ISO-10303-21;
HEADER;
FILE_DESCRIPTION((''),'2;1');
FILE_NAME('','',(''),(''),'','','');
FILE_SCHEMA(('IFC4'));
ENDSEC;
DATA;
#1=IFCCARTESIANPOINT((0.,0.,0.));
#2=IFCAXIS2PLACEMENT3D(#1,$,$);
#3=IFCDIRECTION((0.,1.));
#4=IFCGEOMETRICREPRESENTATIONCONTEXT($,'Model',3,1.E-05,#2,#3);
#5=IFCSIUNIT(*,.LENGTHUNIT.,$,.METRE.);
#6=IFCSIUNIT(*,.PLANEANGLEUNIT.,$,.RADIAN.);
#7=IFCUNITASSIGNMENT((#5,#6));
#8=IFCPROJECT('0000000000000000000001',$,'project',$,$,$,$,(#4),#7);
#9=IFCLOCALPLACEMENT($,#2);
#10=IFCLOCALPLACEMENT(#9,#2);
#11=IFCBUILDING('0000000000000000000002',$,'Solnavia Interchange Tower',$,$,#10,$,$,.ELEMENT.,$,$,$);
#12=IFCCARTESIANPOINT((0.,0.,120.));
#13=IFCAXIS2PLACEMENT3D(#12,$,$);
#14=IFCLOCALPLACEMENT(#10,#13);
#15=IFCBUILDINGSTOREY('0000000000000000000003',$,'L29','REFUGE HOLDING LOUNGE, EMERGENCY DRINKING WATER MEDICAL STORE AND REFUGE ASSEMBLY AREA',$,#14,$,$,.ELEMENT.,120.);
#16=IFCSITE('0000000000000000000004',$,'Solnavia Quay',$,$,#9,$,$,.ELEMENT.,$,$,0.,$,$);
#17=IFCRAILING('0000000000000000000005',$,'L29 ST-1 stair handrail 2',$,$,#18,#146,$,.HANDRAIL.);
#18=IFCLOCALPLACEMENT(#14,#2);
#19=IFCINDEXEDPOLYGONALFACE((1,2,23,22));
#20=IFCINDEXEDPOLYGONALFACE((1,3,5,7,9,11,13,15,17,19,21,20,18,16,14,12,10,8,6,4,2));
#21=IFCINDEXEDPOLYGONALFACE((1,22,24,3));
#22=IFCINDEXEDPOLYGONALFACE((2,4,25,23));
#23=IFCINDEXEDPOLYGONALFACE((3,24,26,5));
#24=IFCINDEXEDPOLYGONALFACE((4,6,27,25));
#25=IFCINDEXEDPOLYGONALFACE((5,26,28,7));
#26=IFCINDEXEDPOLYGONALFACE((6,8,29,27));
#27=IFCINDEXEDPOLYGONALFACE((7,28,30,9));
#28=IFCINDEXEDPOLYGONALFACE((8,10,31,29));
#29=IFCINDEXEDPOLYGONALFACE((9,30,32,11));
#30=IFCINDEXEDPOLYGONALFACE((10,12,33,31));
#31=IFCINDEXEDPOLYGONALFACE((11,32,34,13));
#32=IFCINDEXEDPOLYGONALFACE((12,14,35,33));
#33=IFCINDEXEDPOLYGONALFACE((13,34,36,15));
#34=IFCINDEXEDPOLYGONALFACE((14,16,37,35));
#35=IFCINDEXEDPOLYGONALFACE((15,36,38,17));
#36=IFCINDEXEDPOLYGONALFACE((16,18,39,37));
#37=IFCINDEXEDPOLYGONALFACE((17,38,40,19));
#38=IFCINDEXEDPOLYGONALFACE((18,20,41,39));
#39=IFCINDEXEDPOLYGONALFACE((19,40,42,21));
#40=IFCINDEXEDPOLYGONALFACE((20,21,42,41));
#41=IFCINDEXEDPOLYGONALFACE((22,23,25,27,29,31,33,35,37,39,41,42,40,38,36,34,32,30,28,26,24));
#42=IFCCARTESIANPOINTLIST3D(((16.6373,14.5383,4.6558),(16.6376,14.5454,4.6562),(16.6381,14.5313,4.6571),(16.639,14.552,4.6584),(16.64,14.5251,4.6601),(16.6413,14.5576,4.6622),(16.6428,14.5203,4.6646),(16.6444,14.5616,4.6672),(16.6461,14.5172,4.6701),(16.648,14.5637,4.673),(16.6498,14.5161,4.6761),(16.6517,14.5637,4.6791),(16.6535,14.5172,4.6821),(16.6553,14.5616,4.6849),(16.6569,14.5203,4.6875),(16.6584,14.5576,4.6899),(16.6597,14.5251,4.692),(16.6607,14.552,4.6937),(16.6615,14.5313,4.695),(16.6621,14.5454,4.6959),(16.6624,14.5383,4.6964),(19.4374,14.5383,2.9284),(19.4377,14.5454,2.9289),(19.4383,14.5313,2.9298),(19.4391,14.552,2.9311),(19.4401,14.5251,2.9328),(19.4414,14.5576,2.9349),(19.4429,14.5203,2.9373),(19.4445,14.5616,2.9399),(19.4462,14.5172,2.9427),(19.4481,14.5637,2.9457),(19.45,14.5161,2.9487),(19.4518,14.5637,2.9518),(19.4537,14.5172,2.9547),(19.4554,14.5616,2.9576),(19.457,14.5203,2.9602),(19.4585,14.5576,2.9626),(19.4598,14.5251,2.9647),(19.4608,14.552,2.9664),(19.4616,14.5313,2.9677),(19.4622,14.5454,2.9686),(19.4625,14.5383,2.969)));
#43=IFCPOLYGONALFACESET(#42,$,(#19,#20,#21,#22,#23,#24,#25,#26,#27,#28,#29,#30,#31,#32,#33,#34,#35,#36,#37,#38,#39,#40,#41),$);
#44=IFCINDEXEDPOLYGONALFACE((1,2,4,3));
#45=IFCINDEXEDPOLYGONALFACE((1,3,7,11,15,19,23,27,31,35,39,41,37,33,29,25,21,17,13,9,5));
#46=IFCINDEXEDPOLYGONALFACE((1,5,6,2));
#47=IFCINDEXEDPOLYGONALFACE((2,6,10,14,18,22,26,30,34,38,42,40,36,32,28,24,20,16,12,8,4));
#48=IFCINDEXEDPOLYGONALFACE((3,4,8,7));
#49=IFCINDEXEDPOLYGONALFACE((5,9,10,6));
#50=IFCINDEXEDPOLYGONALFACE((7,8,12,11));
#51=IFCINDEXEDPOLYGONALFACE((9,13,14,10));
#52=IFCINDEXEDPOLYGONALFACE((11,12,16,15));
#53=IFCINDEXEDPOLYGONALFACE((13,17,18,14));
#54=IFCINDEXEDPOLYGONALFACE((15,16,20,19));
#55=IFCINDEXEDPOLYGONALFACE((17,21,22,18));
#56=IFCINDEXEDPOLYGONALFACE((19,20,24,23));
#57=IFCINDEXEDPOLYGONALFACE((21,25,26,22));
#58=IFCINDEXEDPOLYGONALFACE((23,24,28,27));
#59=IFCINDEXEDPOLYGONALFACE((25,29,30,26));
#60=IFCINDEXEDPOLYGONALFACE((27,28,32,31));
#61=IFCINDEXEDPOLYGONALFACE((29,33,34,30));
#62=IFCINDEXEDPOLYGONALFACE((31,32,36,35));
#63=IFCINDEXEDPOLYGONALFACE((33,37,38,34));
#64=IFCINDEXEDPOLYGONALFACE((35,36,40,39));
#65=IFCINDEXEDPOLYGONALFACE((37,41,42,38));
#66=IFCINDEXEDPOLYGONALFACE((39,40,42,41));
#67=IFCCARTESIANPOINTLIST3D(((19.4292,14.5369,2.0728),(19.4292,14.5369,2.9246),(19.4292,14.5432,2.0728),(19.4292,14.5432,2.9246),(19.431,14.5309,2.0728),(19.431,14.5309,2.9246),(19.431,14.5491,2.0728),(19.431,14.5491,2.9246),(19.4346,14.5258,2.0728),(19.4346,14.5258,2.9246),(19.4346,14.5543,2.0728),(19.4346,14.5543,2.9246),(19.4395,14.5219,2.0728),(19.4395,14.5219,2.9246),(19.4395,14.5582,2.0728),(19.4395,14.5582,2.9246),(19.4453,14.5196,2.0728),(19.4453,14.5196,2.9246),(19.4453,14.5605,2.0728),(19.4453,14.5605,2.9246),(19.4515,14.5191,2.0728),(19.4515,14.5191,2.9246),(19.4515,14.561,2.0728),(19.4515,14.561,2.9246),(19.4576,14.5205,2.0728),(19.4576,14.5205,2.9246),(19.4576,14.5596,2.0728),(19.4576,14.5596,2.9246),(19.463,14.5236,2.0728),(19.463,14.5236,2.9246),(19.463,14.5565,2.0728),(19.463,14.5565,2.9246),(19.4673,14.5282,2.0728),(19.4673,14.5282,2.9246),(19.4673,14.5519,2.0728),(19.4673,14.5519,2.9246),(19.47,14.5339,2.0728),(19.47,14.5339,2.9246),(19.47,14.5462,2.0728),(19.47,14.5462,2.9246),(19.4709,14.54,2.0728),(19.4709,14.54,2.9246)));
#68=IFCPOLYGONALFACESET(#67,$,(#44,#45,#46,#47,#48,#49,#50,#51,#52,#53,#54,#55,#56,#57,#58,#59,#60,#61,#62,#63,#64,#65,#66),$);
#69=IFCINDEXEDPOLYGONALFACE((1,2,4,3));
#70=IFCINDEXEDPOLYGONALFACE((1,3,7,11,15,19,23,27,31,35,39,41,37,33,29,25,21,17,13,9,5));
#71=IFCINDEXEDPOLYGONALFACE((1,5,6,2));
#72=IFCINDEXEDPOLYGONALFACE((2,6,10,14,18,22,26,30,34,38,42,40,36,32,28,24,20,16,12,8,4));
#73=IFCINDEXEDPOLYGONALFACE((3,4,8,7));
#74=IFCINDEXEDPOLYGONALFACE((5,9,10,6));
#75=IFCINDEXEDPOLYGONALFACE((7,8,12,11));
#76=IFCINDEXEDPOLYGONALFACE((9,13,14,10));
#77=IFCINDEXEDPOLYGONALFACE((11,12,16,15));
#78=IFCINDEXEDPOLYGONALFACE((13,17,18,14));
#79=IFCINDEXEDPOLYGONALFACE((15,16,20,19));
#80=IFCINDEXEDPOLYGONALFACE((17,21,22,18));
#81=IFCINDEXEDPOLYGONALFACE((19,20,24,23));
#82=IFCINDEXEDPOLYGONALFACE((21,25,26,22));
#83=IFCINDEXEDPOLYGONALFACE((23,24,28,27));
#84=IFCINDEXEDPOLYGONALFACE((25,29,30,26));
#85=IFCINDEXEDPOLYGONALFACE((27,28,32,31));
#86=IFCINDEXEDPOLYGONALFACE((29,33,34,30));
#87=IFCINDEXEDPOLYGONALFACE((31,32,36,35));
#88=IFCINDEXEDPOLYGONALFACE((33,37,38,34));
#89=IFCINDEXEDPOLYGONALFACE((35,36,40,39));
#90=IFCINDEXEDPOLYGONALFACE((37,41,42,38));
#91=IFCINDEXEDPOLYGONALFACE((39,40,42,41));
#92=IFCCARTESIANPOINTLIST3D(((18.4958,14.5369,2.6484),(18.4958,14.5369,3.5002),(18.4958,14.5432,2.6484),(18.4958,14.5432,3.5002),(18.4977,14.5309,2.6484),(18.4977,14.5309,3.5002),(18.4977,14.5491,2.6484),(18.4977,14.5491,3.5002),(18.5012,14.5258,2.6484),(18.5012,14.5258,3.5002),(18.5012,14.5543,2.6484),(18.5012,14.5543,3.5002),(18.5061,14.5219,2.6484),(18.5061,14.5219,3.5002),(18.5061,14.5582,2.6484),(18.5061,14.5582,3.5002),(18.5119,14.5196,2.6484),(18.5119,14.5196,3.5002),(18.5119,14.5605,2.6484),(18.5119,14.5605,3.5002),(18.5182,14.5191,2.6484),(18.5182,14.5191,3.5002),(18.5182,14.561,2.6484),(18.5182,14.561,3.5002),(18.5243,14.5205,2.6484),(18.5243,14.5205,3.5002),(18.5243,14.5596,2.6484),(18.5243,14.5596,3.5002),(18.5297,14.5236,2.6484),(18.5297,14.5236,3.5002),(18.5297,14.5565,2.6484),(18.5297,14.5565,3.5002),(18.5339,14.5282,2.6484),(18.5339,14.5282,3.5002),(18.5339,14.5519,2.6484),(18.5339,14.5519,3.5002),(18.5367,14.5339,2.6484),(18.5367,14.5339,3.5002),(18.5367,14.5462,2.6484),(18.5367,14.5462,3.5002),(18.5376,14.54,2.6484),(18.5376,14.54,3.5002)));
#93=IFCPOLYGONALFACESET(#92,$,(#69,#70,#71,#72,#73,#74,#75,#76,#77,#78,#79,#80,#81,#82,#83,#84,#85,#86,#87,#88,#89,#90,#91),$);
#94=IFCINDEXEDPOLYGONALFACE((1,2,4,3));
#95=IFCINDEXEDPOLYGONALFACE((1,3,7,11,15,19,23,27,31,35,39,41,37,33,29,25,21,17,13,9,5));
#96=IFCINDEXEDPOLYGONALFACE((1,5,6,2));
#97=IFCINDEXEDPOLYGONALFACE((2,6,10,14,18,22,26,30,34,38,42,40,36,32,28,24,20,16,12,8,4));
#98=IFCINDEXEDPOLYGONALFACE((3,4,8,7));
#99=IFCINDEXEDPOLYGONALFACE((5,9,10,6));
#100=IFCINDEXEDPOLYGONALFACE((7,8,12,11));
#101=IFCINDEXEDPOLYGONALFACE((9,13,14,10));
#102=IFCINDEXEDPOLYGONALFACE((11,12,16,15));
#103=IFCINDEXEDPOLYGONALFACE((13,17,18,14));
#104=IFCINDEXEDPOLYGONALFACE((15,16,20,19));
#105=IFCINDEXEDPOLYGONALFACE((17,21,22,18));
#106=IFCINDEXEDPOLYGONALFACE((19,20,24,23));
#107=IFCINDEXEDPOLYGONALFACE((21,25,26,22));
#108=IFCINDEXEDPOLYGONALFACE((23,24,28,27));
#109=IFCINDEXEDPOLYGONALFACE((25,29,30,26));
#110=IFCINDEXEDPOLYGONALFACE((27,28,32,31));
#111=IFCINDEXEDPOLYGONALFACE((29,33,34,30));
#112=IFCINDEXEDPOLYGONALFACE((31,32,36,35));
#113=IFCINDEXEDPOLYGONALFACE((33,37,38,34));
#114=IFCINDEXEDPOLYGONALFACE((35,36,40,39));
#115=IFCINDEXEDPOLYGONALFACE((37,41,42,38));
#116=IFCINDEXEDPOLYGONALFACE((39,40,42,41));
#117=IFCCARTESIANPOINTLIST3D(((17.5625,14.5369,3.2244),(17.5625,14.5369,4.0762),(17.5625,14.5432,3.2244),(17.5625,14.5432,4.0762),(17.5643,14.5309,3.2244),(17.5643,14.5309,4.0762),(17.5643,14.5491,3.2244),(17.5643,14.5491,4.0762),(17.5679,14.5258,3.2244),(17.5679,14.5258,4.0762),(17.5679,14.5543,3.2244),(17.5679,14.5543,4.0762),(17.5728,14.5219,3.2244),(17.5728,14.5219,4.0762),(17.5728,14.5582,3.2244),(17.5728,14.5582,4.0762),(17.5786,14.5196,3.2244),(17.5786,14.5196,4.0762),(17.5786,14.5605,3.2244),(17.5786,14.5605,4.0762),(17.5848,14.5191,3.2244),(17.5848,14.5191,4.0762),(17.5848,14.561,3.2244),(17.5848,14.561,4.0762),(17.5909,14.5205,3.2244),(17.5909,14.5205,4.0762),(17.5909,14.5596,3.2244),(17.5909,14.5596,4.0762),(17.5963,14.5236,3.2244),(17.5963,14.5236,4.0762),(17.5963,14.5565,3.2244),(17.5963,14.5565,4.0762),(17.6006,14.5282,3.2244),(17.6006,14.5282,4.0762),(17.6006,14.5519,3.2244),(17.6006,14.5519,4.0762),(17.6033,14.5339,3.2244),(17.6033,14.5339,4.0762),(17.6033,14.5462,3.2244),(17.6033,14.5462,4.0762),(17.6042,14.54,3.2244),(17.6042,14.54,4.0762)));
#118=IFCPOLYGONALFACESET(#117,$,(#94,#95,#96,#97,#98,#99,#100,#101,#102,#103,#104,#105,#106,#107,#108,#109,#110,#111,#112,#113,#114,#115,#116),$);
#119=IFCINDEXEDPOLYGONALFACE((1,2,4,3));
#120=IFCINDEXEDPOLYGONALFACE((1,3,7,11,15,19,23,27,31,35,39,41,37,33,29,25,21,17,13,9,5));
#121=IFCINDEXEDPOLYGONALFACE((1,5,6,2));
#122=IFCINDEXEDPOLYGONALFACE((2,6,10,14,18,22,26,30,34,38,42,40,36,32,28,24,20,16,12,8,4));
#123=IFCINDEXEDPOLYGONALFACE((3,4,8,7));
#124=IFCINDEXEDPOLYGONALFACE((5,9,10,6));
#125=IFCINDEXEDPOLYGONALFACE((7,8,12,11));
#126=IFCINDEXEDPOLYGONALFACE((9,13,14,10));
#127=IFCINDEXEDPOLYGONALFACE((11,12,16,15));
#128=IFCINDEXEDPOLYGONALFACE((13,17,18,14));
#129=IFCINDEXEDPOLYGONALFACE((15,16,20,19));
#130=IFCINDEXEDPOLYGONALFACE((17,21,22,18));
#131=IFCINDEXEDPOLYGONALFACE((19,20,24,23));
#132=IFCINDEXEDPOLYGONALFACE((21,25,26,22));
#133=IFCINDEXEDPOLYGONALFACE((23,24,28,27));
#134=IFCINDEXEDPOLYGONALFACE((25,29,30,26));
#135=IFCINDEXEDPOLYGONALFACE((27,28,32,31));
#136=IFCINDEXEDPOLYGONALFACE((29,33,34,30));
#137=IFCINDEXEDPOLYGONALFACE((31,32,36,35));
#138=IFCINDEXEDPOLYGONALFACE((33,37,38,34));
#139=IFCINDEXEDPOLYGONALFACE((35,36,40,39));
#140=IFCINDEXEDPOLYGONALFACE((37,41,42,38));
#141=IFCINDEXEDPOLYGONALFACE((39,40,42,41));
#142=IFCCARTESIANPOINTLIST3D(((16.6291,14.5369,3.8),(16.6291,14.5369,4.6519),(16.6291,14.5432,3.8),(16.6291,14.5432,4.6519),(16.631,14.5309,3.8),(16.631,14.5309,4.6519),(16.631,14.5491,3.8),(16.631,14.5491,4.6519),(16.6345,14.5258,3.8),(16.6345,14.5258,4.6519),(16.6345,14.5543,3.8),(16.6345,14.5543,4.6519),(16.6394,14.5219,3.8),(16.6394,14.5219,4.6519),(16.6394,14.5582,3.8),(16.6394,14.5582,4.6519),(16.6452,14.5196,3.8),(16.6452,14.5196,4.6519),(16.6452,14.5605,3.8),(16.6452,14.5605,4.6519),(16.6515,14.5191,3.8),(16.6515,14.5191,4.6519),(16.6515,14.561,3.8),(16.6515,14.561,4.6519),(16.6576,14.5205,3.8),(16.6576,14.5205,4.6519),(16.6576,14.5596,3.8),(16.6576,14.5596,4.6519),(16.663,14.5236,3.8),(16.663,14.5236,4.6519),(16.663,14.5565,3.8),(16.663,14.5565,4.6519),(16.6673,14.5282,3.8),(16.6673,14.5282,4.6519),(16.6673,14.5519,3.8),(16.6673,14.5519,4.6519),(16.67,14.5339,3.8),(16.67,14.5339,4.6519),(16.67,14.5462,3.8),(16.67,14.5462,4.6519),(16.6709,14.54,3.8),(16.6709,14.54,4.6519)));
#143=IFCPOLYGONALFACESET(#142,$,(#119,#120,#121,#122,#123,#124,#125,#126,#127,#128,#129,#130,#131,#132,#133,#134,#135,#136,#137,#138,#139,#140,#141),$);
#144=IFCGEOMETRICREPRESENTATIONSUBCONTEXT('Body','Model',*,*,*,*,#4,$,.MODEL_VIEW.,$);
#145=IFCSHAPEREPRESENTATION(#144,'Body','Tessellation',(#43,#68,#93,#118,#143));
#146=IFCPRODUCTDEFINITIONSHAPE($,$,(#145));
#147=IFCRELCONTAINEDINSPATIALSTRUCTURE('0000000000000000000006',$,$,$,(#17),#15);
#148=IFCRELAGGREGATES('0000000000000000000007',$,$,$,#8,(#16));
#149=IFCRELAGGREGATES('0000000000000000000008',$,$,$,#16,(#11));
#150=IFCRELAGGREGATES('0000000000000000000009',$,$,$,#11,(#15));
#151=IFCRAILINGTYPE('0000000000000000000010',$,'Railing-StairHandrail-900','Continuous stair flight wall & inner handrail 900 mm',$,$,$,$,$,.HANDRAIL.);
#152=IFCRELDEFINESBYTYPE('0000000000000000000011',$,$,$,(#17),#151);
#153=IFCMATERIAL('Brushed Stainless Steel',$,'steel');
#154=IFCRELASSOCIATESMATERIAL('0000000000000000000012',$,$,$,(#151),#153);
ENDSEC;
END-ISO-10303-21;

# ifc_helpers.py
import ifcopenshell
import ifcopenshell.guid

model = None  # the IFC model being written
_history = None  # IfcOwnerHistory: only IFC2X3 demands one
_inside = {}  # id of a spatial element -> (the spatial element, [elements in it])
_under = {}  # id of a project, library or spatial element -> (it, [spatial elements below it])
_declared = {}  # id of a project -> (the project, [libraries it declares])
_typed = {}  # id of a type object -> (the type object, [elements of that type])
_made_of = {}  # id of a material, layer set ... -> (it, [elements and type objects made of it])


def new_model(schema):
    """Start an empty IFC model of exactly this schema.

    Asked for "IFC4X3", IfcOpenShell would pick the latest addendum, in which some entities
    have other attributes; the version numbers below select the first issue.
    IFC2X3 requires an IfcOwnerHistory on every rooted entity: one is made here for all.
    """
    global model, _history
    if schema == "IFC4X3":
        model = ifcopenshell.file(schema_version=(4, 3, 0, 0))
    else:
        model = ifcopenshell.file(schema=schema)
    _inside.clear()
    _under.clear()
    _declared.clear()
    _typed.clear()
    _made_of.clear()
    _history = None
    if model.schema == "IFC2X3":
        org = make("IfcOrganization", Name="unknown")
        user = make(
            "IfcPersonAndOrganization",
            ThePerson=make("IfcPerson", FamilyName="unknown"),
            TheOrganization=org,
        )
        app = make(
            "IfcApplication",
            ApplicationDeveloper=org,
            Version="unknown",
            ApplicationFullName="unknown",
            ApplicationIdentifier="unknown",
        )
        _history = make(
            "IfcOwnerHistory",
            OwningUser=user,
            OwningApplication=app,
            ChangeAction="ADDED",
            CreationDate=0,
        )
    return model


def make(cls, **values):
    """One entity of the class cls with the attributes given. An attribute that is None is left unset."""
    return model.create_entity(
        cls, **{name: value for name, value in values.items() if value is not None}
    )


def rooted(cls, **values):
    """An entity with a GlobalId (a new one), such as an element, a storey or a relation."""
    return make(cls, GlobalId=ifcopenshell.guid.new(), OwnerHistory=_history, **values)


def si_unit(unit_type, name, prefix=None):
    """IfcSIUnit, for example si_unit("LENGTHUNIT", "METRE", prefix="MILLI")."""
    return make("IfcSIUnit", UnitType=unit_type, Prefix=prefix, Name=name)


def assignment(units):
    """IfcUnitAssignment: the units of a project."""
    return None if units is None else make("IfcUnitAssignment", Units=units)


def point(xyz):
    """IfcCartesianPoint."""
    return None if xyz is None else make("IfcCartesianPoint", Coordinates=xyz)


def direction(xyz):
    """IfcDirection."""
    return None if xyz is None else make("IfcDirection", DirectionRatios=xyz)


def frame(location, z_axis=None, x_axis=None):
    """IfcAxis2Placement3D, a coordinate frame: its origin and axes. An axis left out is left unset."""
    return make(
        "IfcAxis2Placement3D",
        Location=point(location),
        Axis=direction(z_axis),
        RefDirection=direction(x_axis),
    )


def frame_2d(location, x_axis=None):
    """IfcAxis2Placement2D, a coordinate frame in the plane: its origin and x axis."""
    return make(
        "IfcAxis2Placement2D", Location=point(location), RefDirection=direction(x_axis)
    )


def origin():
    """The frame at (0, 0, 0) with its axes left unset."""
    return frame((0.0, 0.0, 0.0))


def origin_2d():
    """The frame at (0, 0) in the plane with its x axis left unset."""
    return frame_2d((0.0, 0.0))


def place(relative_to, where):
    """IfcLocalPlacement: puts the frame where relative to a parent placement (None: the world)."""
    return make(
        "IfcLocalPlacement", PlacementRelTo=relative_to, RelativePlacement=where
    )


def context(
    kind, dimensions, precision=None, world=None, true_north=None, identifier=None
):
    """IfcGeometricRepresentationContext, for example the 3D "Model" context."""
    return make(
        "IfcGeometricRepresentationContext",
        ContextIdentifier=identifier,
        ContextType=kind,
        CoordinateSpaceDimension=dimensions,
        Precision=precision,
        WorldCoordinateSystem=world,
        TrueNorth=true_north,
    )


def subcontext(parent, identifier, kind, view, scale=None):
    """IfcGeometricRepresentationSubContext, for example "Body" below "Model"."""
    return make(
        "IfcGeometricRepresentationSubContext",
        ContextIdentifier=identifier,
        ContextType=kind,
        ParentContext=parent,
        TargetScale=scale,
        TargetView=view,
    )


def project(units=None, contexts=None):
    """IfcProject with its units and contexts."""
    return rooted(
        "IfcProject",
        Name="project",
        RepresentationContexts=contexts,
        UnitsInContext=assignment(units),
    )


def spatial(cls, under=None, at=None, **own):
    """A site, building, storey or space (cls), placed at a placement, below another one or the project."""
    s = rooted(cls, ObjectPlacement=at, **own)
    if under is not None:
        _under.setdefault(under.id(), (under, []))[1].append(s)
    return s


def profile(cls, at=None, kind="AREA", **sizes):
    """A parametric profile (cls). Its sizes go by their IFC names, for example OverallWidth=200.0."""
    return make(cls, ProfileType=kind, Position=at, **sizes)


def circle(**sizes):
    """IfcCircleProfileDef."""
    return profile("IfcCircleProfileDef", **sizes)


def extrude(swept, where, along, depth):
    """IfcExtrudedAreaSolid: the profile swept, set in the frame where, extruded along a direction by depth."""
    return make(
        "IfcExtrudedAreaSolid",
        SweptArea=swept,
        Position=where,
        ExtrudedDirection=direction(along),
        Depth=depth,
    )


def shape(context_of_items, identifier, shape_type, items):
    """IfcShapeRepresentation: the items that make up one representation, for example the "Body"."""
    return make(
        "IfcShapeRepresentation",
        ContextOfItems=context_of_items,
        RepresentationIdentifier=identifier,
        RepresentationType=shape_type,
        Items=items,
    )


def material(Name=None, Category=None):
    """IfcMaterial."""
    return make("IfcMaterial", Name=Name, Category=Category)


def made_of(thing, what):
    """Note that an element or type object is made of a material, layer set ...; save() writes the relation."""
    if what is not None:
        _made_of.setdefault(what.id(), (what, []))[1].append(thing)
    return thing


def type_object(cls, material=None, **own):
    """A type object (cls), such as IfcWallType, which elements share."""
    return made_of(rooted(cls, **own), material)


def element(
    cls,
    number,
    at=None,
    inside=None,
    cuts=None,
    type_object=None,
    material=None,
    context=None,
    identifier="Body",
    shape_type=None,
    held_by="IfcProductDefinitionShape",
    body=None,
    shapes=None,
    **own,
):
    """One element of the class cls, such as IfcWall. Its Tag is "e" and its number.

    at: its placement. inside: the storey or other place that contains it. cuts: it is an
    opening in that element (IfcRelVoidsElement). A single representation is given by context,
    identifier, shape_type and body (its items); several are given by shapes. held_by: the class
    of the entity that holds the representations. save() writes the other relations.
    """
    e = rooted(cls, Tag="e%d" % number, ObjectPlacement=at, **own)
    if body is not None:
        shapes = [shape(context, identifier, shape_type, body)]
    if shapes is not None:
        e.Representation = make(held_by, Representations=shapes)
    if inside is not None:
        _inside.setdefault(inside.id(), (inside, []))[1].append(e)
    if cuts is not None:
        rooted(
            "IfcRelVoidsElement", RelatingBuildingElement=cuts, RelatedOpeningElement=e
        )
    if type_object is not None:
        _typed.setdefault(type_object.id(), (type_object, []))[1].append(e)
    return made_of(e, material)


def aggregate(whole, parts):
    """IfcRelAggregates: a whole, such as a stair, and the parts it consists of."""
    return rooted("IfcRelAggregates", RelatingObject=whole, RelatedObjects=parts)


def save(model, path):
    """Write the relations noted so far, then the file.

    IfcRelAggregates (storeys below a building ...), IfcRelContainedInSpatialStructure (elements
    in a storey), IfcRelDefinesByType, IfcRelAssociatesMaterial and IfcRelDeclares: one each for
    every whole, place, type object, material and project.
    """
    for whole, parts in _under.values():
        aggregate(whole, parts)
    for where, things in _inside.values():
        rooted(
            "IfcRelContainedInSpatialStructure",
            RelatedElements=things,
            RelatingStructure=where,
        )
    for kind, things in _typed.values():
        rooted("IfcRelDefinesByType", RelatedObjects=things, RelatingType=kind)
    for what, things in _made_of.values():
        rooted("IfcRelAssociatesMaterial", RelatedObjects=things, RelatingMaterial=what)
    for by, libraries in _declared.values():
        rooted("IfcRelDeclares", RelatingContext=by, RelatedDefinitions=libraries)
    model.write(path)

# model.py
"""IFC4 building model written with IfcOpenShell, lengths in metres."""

from ifc_helpers import new_model, si_unit, direction, frame, origin, origin_2d, place, context, subcontext, project, spatial, circle, extrude, material, type_object, element, save


model = new_model("IFC4")

# Units and contexts
model_context = context("Model", 3, precision=1e-05, world=origin(), true_north=direction((0.0, 1.0)))
body_context = subcontext(model_context, "Body", "Model", "MODEL_VIEW")
ifc_project = project(units=[si_unit("LENGTHUNIT", "METRE"), si_unit("PLANEANGLEUNIT", "RADIAN")], contexts=[model_context])

# Site, building, storey
site_placement = place(None, origin())
site = spatial("IfcSite", under=ifc_project, at=site_placement, Name="Solnavia Quay", CompositionType="ELEMENT", RefElevation=0.0)
building_placement = place(site_placement, origin())
building = spatial("IfcBuilding", under=site, at=building_placement, Name="Solnavia Interchange Tower", CompositionType="ELEMENT")
storey_placement = place(building_placement, frame((0.0, 0.0, 120.0)))
storey = spatial("IfcBuildingStorey", under=building, at=storey_placement, Name="L29", Description="REFUGE HOLDING LOUNGE, EMERGENCY DRINKING WATER MEDICAL STORE AND REFUGE ASSEMBLY AREA", CompositionType="ELEMENT", Elevation=120.0)

# Railing
ifc_material_1 = material(Name="Brushed Stainless Steel", Category="steel")
railing_type_1 = type_object("IfcRailingType", Name="Railing-StairHandrail-900", Description="Continuous stair flight wall & inner handrail 900 mm", PredefinedType="HANDRAIL", material=ifc_material_1)
railing_1_placement = place(storey_placement, frame((19.45, 14.54, 2.0728)))
element("IfcRailing", 1, at=railing_1_placement, inside=storey, type_object=railing_type_1, Name="L29 ST-1 stair handrail 2", PredefinedType="HANDRAIL", context=body_context, shape_type="SweptSolid", body=[
    extrude(circle(Radius=0.0239, at=origin_2d()), frame((0.0, 0.0, 0.876), z_axis=(-0.85109, 0.0, 0.52502), x_axis=(0.0, -1.0, 0.0)), (0.0, 0.0, 1.0), 3.29),
    extrude(circle(Radius=0.021, at=origin_2d()), origin(), (0.0, 0.0, 1.0), 0.8518),
    extrude(circle(Radius=0.021, at=origin_2d()), frame((-0.9333, 0.0, 0.5757)), (0.0, 0.0, 1.0), 0.8518),
    extrude(circle(Radius=0.021, at=origin_2d()), frame((-1.8667, 0.0, 1.1516)), (0.0, 0.0, 1.0), 0.8518),
    extrude(circle(Radius=0.021, at=origin_2d()), frame((-2.8, 0.0, 1.7273)), (0.0, 0.0, 1.0), 0.8518),
])

save(model, "model.ifc")
